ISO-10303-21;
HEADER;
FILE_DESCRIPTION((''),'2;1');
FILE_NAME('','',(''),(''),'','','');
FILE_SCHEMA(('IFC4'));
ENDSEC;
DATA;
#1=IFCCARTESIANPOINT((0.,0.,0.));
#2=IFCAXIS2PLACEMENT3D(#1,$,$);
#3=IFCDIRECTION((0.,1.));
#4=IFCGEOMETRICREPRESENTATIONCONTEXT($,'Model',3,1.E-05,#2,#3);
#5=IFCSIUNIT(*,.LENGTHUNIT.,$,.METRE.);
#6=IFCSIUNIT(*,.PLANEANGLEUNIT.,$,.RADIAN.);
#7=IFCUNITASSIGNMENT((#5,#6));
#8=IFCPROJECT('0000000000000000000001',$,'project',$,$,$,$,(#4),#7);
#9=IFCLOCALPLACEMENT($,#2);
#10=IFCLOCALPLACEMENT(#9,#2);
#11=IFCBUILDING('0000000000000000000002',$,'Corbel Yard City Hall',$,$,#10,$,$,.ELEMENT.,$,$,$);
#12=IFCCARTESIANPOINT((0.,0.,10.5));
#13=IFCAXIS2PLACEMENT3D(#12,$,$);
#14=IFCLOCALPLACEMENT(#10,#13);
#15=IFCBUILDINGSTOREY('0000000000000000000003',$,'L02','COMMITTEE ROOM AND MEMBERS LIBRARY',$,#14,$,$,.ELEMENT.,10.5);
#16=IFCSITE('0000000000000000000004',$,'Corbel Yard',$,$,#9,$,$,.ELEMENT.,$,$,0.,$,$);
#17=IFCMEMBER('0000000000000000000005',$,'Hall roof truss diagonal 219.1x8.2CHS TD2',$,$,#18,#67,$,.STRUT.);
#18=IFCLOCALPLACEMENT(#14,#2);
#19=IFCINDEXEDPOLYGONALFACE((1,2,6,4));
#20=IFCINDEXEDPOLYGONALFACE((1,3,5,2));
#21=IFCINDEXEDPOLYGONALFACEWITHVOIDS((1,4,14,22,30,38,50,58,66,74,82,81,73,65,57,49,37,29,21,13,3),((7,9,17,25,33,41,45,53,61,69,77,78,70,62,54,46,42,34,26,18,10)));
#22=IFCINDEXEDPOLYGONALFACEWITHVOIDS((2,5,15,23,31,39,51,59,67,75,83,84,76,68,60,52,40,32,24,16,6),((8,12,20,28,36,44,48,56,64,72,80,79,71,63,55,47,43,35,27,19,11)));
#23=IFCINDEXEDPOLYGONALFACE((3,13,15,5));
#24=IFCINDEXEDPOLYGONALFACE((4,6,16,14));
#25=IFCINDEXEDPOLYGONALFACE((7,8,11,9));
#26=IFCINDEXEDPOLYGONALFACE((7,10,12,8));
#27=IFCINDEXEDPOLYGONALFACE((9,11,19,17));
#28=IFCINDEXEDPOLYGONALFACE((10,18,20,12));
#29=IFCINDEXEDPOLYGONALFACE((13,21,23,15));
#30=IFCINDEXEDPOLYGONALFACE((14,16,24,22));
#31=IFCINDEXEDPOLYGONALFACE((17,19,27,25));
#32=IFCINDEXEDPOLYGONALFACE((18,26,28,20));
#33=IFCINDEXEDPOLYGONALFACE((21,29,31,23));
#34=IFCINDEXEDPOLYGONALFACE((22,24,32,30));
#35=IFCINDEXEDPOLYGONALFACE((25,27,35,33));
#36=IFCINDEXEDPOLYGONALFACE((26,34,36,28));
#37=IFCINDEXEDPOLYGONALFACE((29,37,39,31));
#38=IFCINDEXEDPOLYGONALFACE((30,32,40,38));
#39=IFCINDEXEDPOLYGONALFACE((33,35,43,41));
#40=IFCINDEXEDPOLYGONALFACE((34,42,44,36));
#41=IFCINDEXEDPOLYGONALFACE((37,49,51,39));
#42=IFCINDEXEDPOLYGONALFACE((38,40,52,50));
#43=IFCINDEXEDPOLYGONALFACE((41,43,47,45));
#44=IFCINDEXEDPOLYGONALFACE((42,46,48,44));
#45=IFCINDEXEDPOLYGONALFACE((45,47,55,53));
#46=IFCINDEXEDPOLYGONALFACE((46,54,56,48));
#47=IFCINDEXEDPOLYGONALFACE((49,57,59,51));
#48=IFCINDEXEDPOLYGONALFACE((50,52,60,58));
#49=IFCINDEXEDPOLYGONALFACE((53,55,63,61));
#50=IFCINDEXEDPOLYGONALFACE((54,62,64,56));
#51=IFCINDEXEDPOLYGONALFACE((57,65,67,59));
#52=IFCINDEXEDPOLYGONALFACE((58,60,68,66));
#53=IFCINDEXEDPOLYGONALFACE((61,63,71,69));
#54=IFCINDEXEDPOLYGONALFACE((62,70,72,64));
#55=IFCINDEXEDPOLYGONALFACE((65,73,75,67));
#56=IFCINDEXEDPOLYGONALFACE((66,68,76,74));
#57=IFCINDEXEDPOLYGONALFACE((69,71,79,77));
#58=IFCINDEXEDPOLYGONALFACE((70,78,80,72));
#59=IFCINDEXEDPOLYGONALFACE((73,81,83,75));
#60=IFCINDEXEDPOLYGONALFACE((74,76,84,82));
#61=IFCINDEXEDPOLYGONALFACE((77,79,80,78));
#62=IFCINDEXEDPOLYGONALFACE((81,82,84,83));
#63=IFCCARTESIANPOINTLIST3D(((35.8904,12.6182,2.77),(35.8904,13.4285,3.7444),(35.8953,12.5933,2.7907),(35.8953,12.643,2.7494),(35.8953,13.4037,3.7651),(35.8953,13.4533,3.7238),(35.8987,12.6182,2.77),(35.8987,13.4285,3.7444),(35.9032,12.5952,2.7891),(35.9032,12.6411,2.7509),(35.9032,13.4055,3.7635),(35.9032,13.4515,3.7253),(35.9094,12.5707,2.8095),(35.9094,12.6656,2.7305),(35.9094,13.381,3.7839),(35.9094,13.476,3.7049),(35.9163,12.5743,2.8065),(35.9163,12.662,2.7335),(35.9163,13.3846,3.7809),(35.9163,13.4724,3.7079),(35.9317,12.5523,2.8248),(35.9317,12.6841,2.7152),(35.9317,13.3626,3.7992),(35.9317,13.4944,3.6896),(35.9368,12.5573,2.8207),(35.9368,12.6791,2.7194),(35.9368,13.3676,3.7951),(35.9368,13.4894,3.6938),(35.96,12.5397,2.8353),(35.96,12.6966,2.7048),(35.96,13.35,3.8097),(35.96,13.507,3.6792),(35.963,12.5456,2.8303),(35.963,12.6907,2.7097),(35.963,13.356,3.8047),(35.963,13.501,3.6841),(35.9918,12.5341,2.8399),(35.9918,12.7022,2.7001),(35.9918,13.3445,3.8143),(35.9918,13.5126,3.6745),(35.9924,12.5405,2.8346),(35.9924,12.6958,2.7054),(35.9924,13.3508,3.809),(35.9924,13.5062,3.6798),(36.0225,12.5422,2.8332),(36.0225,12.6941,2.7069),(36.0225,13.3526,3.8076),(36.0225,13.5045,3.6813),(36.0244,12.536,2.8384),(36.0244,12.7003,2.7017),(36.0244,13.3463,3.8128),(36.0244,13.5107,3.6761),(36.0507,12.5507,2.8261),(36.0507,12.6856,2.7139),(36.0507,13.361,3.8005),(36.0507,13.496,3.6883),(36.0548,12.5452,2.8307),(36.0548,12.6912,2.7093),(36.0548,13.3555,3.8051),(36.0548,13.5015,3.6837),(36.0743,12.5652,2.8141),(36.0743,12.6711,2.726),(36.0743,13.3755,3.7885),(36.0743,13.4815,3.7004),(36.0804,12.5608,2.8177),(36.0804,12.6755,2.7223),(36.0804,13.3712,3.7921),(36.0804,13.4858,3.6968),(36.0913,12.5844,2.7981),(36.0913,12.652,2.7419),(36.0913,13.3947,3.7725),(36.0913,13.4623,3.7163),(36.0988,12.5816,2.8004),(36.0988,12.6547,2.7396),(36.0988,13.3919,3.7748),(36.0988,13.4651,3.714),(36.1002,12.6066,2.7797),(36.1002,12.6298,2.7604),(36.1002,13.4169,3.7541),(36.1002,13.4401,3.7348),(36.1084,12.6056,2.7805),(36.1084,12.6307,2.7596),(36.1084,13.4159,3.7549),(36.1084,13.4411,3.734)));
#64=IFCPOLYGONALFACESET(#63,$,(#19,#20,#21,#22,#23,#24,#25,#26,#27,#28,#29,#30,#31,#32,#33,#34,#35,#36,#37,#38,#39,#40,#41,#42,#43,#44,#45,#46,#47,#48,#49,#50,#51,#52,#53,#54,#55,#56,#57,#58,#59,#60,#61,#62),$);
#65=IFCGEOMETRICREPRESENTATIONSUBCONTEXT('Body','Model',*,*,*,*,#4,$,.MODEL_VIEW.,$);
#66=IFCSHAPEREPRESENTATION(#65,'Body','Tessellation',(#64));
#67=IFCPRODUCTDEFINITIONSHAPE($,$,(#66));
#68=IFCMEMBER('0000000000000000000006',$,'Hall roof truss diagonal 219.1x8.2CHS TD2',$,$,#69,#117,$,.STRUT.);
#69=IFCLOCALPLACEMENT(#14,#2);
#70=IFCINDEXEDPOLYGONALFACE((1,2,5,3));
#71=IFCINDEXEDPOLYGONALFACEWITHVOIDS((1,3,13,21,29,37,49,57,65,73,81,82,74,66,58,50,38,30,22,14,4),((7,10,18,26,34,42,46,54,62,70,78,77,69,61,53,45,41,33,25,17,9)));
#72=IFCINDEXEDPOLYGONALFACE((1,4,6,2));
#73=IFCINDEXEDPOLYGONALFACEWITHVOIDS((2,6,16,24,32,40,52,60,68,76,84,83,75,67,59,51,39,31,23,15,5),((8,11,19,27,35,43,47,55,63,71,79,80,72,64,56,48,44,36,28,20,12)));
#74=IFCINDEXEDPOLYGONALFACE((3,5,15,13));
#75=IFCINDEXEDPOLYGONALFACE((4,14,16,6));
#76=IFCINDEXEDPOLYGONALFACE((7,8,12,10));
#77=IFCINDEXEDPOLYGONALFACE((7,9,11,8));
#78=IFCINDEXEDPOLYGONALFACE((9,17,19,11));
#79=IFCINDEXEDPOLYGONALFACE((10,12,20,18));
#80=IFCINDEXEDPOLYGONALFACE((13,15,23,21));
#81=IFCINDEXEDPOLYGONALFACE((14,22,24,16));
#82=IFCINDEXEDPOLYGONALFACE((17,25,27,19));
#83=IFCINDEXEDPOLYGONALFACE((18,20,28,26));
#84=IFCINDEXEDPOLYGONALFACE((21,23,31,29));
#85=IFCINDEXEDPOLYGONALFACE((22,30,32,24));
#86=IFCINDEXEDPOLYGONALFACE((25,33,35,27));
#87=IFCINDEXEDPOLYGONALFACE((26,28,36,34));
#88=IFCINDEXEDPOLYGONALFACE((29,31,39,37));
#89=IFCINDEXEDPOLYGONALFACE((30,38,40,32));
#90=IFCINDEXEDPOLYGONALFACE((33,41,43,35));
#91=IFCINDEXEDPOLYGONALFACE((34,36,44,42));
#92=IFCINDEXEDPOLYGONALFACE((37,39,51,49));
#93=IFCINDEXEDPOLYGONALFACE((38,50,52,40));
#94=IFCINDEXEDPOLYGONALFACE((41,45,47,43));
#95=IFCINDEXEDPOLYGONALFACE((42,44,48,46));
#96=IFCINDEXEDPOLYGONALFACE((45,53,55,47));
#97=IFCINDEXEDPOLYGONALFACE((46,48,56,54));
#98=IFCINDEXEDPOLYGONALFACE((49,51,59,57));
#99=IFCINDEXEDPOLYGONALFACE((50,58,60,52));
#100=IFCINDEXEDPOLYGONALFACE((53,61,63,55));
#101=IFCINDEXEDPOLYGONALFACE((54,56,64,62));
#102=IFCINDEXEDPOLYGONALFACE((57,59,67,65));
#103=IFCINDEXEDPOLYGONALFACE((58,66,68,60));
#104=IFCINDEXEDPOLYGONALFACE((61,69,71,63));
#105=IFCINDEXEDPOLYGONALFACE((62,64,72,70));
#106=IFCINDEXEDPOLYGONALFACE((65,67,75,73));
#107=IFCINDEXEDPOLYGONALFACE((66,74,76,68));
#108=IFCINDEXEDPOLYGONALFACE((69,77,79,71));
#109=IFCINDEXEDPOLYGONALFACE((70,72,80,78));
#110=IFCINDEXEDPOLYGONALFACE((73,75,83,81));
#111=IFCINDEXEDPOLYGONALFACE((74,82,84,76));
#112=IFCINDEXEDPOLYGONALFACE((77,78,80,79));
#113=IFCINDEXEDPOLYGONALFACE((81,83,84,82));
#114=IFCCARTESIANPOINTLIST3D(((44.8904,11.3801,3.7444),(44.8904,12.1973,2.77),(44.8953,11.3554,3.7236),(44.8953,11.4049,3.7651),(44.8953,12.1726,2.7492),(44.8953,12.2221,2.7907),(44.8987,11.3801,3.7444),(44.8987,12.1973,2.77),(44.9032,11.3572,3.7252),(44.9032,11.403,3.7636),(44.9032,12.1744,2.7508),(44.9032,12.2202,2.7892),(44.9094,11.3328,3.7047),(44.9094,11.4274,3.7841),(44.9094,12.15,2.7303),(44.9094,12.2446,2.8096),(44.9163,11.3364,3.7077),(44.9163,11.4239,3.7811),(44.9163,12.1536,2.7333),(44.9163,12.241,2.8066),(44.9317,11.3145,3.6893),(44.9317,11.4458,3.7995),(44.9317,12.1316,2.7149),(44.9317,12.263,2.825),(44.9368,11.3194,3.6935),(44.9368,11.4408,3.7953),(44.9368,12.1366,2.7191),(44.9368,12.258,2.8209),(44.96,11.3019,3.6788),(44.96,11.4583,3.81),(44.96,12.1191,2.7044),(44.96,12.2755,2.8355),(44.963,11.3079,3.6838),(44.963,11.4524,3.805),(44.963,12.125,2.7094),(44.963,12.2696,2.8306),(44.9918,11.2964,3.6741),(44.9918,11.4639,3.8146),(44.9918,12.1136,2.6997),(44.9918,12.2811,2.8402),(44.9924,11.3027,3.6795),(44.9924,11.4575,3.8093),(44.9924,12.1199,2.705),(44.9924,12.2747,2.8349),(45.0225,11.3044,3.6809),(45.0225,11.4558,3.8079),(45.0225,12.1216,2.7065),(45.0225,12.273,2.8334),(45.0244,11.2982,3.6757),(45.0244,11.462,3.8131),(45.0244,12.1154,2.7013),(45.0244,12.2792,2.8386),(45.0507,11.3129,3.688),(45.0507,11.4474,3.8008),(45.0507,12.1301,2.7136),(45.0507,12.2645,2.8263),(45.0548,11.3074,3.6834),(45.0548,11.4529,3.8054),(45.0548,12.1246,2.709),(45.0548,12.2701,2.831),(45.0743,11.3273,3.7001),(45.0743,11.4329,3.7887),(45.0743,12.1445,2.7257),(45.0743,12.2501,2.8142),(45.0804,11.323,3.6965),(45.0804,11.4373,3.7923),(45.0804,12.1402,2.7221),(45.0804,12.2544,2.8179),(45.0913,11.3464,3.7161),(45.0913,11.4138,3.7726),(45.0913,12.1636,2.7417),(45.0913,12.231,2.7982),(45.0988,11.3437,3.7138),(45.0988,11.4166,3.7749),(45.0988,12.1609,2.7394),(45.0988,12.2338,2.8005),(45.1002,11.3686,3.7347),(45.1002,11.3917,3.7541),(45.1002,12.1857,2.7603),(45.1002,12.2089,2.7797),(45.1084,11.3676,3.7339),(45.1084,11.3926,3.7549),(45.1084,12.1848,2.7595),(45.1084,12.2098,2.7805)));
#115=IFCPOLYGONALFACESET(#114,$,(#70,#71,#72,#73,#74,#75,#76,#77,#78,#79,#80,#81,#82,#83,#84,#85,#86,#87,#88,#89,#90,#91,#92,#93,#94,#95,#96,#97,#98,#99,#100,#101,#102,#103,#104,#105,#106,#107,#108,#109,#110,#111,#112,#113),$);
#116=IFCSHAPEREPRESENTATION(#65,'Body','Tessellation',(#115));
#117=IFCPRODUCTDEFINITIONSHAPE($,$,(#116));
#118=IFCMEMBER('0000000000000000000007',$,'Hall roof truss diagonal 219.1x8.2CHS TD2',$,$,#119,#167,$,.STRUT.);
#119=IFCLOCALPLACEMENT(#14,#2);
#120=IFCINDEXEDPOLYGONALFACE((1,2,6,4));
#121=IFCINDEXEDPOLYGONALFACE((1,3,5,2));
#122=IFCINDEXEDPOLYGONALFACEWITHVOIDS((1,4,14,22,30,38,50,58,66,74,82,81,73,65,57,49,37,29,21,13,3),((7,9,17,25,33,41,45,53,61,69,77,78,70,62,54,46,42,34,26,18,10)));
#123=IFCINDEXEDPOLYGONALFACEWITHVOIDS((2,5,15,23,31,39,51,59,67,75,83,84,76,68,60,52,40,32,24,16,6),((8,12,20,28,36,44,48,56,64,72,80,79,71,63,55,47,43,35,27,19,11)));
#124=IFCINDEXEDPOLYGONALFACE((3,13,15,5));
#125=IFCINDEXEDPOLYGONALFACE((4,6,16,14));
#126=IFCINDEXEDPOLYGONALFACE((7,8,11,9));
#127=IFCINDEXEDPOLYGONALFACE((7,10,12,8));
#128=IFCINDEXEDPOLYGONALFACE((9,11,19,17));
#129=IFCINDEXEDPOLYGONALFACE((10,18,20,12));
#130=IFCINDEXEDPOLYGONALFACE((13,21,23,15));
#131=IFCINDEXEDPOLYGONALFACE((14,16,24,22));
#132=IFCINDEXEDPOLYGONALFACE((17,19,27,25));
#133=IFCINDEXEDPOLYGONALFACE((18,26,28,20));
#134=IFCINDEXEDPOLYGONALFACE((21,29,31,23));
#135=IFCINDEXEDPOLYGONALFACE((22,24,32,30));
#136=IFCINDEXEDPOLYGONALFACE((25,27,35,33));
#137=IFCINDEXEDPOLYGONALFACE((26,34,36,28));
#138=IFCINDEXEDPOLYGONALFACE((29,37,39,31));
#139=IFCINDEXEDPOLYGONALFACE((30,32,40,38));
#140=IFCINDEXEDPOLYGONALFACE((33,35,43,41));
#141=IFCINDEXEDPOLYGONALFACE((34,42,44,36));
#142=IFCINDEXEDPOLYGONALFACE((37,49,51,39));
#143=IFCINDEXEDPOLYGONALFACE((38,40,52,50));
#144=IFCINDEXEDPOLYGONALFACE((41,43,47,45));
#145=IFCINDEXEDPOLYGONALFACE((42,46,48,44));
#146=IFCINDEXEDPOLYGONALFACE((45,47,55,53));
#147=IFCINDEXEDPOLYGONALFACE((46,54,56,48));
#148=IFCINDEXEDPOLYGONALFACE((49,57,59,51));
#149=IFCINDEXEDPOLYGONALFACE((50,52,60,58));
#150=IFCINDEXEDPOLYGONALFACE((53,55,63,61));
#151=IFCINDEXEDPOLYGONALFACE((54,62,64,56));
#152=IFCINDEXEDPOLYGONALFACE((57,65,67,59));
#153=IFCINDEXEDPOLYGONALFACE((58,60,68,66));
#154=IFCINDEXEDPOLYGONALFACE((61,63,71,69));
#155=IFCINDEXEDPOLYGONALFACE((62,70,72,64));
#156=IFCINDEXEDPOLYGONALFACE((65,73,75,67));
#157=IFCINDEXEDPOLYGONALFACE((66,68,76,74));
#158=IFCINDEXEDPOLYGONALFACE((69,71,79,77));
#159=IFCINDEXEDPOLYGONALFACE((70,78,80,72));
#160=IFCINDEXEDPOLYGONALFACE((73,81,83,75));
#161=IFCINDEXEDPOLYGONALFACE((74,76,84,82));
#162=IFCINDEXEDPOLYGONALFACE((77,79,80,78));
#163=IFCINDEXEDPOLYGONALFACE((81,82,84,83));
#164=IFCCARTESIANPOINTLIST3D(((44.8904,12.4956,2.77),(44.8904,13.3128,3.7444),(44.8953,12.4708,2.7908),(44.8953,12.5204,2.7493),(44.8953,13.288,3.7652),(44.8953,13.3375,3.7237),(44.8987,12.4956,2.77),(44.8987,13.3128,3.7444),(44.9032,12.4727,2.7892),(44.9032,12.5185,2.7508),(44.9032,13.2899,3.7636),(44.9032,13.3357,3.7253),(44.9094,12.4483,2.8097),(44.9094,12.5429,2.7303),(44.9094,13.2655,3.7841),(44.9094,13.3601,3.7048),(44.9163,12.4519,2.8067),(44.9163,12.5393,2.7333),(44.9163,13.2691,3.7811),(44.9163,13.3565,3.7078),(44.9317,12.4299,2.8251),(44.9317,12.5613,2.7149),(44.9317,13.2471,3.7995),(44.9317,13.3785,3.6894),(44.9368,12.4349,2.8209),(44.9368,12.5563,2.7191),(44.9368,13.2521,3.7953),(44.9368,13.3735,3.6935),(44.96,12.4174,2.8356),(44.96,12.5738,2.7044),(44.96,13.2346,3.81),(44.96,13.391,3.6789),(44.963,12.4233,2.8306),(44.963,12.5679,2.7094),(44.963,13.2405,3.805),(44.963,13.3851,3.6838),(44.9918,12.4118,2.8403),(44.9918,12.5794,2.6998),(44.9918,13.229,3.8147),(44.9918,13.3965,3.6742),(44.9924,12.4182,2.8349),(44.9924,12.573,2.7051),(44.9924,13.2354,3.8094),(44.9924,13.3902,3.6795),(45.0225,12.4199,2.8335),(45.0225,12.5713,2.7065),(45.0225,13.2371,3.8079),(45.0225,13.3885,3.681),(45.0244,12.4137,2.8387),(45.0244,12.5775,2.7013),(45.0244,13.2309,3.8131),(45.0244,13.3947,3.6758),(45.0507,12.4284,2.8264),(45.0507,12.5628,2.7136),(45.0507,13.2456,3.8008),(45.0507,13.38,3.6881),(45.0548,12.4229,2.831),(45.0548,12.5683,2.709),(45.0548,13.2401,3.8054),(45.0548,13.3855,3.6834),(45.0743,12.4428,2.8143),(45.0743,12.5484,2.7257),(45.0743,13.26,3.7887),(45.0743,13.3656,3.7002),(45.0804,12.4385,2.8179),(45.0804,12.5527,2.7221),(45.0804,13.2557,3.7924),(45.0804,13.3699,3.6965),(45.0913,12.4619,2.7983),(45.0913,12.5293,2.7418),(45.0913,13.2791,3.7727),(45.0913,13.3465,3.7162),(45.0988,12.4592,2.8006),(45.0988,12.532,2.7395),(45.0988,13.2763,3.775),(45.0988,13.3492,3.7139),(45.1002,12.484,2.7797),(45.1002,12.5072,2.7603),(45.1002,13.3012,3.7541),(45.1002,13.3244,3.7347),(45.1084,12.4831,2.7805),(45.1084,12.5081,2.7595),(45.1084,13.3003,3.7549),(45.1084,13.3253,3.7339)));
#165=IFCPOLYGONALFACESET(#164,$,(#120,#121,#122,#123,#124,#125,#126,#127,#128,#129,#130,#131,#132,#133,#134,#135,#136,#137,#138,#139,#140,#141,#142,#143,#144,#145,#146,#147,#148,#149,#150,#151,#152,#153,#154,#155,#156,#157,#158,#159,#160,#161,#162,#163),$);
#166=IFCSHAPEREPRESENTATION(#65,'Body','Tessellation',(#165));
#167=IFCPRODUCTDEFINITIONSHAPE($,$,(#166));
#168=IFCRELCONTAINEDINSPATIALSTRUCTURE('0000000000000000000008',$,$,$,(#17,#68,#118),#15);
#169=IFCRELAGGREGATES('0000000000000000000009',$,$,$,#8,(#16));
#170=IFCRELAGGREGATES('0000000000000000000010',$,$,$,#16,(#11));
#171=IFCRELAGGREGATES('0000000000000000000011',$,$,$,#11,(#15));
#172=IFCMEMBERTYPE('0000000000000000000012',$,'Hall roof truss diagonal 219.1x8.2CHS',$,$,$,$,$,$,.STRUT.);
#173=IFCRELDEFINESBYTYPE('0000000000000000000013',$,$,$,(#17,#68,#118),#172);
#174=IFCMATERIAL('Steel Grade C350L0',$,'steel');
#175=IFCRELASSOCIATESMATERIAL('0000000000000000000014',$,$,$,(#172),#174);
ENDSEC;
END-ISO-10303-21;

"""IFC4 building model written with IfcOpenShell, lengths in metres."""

from ifc_helpers import new_model, si_unit, direction, frame, origin, origin_2d, place, context, subcontext, project, spatial, hollow_circle, extrude, material, material_profile, profile_set, type_object, element, save


model = new_model("IFC4")

# Units and contexts
model_context = context("Model", 3, precision=1e-05, world=origin(), true_north=direction((0.0, 1.0)))
body_context = subcontext(model_context, "Body", "Model", "MODEL_VIEW")
ifc_project = project(units=[si_unit("LENGTHUNIT", "METRE"), si_unit("PLANEANGLEUNIT", "RADIAN")], contexts=[model_context])

# Site, building, storey
site_placement = place(None, origin())
site = spatial("IfcSite", under=ifc_project, at=site_placement, Name="Corbel Yard", CompositionType="ELEMENT", RefElevation=0.0)
building_placement = place(site_placement, origin())
building = spatial("IfcBuilding", under=site, at=building_placement, Name="Corbel Yard City Hall", CompositionType="ELEMENT")
storey_placement = place(building_placement, frame((0.0, 0.0, 10.5)))
storey = spatial("IfcBuildingStorey", under=building, at=storey_placement, Name="L02", Description="COMMITTEE ROOM AND MEMBERS LIBRARY", CompositionType="ELEMENT", Elevation=10.5)

# Members
ifc_material_1 = material(Name="Steel Grade C350L0", Category="steel")
ifc_material_profile_1 = material_profile(ifc_material_1, hollow_circle(Radius=0.1096, WallThickness=0.0083, at=origin_2d()), Name="219.1x8.2CHS")
ifc_profile_set_1 = profile_set([ifc_material_profile_1], Name="Steel Grade C350L0")
member_type_1 = type_object("IfcMemberType", Name="Hall roof truss diagonal 219.1x8.2CHS", PredefinedType="STRUT", material=ifc_profile_set_1)
for number, where, z_axis, x_axis, name in (
    (1, (36.0, 12.6182, 2.77), (0.0, 0.639407, 0.768868), (-1.0, 0.0, 0.0), "Hall roof truss diagonal 219.1x8.2CHS TD2"),
):
    element("IfcMember", number, at=place(storey_placement, frame(where, z_axis=z_axis, x_axis=x_axis)), inside=storey, type_object=member_type_1, Name=name, PredefinedType="STRUT", context=body_context, shape_type="SweptSolid", body=[
        extrude(hollow_circle(Radius=0.1096, WallThickness=0.0083, at=origin_2d()), origin(), (0.0, 0.0, 1.0), 1.2673),
    ])
for number, where, z_axis, x_axis, name in (
    (2, (45.0, 11.3801, 3.7444), (0.0, 0.64258, -0.766219), (-1.0, 0.0, 0.0), "Hall roof truss diagonal 219.1x8.2CHS TD2"),
    (3, (45.0, 12.4956, 2.77), (0.0, 0.64258, 0.766219), (-1.0, 0.0, 0.0), "Hall roof truss diagonal 219.1x8.2CHS TD2"),
):
    element("IfcMember", number, at=place(storey_placement, frame(where, z_axis=z_axis, x_axis=x_axis)), inside=storey, type_object=member_type_1, Name=name, PredefinedType="STRUT", context=body_context, shape_type="SweptSolid", body=[
        extrude(hollow_circle(Radius=0.1096, WallThickness=0.0083, at=origin_2d()), origin(), (0.0, 0.0, 1.0), 1.2717),
    ])

save(model, "model.ifc")
